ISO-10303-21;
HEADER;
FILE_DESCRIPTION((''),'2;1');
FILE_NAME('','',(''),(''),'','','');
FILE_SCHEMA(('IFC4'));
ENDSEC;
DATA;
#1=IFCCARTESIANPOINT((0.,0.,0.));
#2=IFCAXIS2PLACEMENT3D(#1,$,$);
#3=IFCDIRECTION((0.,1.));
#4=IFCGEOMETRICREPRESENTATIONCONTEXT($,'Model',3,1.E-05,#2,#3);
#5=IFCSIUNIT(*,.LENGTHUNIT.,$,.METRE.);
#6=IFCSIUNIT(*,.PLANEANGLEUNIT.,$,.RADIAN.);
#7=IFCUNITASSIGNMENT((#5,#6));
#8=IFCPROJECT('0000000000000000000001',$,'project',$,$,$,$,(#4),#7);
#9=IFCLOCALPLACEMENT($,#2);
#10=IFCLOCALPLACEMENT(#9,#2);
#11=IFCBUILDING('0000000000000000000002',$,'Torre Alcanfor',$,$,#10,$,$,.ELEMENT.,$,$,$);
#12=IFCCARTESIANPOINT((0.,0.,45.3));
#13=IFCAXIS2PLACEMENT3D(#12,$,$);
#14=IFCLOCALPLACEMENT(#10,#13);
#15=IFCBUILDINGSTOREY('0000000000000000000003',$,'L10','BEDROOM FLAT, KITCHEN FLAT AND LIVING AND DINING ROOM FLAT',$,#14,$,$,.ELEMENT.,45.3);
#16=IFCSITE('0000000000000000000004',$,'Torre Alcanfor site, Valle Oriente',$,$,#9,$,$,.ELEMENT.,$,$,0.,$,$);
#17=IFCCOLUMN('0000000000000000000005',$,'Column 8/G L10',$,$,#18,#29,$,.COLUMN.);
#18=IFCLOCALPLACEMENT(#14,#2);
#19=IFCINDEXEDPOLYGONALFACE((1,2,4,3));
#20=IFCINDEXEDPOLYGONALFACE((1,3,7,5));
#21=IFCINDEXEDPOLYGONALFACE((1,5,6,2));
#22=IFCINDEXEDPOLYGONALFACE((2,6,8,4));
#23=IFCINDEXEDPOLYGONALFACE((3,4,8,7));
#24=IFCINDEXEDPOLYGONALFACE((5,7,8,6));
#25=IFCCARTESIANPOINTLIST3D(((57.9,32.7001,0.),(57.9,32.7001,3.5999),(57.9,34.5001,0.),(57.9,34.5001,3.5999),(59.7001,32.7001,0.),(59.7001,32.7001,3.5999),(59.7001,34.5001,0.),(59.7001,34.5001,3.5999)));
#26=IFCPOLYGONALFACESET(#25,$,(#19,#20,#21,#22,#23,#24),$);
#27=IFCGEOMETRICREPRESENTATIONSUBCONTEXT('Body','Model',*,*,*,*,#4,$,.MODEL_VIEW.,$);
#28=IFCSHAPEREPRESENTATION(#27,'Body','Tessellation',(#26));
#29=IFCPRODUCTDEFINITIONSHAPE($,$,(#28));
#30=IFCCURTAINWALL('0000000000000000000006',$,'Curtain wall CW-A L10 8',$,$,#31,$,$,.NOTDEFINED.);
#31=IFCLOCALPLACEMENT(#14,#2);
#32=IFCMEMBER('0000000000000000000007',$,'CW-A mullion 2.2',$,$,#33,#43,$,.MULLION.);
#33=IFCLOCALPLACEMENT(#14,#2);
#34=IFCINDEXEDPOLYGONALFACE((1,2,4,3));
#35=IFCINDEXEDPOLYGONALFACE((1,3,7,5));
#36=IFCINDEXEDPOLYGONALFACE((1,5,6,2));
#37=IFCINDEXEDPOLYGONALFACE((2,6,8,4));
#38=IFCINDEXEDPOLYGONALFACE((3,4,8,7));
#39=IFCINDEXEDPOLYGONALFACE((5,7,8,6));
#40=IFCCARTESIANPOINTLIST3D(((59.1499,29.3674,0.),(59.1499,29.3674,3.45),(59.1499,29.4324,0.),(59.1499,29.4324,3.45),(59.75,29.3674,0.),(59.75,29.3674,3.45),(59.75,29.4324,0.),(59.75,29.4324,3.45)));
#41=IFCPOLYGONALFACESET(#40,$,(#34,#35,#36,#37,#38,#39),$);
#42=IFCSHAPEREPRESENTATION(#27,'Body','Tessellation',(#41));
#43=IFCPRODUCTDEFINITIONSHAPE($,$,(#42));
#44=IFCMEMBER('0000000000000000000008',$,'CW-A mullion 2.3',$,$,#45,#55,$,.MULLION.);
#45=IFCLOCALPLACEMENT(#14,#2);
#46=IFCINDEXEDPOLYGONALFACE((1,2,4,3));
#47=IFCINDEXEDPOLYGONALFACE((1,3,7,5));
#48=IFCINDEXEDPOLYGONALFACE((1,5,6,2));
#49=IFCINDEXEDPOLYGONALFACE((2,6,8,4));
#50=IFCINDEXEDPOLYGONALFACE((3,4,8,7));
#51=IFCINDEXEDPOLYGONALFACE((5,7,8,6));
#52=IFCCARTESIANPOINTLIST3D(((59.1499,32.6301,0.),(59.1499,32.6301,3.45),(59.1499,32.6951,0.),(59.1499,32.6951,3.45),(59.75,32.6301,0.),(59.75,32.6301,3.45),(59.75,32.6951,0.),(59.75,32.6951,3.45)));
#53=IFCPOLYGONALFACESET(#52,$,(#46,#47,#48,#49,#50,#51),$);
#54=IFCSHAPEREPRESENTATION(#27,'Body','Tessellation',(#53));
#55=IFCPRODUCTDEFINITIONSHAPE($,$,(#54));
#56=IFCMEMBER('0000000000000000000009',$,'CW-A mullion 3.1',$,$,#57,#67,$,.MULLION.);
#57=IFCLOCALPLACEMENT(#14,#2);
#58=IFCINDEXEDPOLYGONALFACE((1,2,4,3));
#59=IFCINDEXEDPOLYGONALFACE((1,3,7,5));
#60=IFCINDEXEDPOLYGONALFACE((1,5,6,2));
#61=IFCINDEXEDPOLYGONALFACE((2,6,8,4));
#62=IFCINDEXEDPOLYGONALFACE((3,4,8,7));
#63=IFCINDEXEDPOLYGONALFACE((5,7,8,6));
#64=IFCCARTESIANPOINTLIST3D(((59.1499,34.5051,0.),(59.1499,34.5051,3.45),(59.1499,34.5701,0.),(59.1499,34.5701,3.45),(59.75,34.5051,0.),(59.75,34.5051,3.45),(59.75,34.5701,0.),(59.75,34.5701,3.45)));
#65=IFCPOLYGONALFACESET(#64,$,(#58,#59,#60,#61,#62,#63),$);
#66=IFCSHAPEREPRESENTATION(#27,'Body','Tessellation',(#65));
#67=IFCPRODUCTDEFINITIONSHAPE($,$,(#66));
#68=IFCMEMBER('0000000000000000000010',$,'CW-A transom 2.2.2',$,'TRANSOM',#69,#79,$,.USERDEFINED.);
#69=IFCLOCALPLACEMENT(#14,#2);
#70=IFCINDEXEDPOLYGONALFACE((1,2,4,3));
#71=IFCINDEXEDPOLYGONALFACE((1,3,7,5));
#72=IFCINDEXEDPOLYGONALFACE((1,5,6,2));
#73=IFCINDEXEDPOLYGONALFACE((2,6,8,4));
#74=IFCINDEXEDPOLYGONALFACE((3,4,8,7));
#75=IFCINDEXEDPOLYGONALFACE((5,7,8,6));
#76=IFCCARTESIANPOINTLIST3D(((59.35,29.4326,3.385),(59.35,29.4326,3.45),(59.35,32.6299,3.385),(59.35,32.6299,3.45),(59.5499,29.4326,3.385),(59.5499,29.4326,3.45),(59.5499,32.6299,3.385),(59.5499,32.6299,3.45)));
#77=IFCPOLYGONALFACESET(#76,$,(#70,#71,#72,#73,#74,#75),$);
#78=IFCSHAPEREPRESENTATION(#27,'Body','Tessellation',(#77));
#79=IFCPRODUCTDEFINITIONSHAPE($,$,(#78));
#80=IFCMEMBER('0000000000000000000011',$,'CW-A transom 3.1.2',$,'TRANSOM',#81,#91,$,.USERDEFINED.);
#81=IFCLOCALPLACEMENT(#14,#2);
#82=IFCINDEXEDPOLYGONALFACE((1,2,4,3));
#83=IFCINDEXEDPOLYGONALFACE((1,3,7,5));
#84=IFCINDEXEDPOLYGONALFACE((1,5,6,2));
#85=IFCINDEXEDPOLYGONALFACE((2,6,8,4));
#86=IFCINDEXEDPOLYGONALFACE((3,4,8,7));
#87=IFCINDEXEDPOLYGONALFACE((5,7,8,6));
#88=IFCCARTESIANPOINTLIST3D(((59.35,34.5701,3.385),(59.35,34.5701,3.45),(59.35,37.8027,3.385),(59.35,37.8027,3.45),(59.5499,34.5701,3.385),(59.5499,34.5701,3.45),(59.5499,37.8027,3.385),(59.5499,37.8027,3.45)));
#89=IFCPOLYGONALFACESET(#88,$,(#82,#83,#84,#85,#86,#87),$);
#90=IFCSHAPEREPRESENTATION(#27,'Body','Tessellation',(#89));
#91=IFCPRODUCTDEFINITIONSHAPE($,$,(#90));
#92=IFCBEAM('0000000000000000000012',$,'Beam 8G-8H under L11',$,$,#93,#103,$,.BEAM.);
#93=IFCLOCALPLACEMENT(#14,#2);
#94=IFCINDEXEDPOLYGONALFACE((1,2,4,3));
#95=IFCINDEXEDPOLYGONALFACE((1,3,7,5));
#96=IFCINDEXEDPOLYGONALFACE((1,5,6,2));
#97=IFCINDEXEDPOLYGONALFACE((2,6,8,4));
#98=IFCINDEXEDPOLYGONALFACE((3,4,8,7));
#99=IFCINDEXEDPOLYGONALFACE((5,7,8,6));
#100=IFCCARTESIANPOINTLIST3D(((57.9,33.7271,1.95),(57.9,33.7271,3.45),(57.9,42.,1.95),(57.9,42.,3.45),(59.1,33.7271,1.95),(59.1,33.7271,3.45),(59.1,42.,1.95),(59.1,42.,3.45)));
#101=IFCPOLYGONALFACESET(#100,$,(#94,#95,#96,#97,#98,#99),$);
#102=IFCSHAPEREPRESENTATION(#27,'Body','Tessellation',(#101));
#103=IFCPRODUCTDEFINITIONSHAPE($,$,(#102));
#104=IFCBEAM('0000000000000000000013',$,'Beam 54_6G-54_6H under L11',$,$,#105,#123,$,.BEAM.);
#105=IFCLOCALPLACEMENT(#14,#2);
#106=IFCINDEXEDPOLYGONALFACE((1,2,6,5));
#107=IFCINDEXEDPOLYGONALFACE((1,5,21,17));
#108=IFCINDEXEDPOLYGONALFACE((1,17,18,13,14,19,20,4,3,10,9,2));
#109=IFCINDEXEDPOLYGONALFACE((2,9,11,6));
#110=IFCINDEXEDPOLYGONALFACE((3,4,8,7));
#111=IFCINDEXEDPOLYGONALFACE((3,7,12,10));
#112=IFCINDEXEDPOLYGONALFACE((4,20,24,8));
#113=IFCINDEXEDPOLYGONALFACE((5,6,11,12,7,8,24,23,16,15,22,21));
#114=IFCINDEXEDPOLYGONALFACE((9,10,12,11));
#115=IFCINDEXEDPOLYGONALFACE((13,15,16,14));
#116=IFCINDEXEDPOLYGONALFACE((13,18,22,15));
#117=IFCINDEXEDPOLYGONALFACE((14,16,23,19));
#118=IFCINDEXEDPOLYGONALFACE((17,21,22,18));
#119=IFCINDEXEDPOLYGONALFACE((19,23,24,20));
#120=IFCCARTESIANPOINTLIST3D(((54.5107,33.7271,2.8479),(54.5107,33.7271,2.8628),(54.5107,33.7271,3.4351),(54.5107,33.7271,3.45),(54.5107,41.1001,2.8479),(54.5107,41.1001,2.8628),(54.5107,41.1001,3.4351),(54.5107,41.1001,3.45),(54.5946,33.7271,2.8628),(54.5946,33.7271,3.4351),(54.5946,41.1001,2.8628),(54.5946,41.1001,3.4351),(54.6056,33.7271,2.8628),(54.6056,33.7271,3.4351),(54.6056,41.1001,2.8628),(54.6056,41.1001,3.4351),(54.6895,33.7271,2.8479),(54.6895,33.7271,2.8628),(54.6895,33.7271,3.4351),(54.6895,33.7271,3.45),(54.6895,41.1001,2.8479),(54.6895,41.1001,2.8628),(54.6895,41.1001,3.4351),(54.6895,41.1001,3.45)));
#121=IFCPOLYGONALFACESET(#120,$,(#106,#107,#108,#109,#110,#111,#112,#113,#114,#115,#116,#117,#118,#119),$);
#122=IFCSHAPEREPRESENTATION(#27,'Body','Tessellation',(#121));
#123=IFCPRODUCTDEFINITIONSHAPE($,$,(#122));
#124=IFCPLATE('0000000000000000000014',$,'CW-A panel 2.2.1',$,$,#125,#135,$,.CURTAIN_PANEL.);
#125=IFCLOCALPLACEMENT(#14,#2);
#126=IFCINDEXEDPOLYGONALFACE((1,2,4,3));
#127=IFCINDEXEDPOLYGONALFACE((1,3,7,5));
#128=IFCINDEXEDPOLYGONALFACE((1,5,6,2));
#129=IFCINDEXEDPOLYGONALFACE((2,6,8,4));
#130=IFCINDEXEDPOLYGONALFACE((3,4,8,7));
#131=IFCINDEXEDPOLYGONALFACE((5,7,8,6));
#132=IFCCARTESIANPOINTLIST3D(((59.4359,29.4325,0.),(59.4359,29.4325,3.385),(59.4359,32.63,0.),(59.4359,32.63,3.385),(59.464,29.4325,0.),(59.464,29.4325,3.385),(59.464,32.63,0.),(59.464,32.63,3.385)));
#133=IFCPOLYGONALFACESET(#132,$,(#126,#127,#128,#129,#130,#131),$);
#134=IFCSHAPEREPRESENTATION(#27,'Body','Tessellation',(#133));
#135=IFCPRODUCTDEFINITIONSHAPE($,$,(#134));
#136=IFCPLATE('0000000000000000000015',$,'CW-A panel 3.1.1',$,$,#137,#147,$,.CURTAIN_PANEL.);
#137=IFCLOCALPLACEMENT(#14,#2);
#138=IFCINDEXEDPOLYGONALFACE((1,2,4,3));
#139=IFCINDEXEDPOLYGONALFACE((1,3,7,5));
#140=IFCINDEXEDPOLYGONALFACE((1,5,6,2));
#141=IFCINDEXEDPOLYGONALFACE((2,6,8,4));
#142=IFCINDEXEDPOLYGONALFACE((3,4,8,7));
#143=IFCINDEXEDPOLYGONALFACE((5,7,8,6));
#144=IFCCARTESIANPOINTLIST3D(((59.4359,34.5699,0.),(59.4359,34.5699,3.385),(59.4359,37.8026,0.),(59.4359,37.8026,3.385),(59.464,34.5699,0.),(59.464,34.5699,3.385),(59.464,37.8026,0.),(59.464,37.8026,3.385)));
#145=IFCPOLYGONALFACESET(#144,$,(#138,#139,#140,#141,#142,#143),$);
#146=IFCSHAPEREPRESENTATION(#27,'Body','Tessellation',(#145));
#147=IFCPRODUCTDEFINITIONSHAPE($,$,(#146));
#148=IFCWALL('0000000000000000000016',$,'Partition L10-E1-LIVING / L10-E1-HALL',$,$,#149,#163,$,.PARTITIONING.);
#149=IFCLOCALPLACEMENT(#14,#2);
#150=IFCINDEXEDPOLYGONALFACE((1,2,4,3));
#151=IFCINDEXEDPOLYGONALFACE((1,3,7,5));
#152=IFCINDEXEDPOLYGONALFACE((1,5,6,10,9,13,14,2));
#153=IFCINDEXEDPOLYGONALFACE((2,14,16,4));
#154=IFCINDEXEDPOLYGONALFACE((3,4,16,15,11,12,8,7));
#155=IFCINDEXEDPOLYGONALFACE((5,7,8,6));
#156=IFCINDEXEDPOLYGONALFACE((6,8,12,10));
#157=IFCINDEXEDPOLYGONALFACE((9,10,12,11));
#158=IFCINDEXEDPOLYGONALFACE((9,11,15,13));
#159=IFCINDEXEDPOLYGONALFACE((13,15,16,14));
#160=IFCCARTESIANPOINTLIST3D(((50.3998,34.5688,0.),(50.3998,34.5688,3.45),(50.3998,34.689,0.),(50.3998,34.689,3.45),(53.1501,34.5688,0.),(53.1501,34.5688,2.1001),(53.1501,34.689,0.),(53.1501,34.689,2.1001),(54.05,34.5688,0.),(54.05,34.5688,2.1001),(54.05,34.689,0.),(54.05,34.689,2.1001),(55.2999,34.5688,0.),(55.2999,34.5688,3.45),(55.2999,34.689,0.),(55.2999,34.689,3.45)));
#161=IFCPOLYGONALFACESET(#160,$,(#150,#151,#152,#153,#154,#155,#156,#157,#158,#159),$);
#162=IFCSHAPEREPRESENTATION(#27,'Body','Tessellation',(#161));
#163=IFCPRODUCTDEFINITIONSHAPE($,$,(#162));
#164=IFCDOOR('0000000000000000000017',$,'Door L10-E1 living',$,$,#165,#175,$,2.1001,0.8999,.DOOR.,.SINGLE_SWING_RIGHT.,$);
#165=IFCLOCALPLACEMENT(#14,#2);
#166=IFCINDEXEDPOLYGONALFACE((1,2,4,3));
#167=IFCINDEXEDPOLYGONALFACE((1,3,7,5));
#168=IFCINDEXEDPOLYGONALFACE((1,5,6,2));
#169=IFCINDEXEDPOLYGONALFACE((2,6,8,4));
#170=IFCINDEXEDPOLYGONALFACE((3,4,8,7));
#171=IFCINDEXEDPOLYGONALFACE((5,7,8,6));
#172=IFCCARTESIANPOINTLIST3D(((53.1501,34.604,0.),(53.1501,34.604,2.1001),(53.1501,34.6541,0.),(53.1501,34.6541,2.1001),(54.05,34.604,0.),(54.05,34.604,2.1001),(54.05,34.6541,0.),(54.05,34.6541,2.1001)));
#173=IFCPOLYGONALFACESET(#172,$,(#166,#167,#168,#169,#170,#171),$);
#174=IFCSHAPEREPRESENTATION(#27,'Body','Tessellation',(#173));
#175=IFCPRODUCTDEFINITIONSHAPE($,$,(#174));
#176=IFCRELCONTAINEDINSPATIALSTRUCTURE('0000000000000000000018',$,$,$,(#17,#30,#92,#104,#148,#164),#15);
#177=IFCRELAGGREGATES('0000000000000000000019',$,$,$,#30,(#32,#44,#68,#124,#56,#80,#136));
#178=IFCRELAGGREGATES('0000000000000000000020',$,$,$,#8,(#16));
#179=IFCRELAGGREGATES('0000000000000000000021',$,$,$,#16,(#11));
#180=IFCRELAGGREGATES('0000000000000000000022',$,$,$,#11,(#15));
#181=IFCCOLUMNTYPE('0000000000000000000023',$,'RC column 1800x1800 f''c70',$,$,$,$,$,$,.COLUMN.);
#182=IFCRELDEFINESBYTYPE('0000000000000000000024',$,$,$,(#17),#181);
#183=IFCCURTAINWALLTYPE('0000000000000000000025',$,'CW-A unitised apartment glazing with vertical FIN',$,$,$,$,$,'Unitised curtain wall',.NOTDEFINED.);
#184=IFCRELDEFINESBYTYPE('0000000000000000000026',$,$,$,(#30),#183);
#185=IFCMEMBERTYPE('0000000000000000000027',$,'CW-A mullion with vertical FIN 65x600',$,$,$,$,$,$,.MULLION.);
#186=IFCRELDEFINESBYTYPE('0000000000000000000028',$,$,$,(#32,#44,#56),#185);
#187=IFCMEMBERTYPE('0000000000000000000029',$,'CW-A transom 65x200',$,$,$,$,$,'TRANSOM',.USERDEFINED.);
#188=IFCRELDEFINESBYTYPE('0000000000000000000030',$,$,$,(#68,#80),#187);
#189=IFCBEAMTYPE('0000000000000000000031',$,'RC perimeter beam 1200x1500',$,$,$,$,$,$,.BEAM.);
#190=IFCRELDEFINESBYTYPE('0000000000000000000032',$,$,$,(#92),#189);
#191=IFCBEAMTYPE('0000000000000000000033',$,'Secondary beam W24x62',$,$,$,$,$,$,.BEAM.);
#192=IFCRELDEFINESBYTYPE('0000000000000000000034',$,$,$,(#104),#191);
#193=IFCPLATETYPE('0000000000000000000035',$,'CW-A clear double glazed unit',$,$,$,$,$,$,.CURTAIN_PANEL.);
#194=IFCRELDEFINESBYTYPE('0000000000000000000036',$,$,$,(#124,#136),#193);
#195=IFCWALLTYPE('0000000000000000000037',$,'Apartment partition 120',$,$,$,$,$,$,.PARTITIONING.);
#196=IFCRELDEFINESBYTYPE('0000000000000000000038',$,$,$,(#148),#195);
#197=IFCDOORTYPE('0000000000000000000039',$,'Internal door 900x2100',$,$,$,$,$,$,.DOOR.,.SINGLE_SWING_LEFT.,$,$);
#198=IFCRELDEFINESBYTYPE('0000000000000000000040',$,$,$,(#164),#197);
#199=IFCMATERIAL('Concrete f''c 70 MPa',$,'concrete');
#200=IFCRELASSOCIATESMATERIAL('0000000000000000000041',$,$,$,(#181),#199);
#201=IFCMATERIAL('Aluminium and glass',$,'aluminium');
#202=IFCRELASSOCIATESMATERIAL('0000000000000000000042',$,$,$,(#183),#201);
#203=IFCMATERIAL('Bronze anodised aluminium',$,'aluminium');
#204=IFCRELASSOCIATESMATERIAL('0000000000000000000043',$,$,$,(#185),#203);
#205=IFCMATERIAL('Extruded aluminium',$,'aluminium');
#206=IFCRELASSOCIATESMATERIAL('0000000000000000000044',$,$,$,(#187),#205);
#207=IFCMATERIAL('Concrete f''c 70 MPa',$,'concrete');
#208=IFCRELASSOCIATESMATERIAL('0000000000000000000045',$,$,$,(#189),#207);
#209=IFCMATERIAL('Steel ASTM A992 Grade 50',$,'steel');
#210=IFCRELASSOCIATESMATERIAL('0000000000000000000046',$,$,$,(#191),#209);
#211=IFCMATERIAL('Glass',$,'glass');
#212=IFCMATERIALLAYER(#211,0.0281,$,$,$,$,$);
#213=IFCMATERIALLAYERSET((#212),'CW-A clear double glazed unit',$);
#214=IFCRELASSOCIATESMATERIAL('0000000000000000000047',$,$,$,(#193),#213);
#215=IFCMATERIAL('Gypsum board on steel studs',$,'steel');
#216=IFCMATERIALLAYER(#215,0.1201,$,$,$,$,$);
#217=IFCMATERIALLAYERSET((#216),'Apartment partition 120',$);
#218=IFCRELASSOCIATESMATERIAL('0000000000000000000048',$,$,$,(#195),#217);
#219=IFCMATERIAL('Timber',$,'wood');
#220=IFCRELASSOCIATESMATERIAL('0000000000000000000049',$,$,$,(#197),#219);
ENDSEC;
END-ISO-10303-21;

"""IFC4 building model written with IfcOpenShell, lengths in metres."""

from ifc_helpers import new_model, si_unit, direction, frame, frame_2d, origin, origin_2d, place, context, subcontext, project, spatial, rectangle, i_section, extrude, material, layer, layer_set, material_profile, profile_set, type_object, element, fill, aggregate, save


model = new_model("IFC4")

# Units and contexts
model_context = context("Model", 3, precision=1e-05, world=origin(), true_north=direction((0.0, 1.0)))
body_context = subcontext(model_context, "Body", "Model", "MODEL_VIEW")
ifc_project = project(units=[si_unit("LENGTHUNIT", "METRE"), si_unit("PLANEANGLEUNIT", "RADIAN")], contexts=[model_context])

# Site, building, storey
site_placement = place(None, origin())
site = spatial("IfcSite", under=ifc_project, at=site_placement, Name="Torre Alcanfor site, Valle Oriente", CompositionType="ELEMENT", RefElevation=0.0)
building_placement = place(site_placement, origin())
building = spatial("IfcBuilding", under=site, at=building_placement, Name="Torre Alcanfor", CompositionType="ELEMENT")
storey_placement = place(building_placement, frame((0.0, 0.0, 45.3)))
storey = spatial("IfcBuildingStorey", under=building, at=storey_placement, Name="L10", Description="BEDROOM FLAT, KITCHEN FLAT AND LIVING AND DINING ROOM FLAT", CompositionType="ELEMENT", Elevation=45.3)

# Column
ifc_material_1 = material(Name="Concrete f'c 70 MPa", Category="concrete")
ifc_material_profile_1 = material_profile(ifc_material_1, rectangle(XDim=1.8, YDim=1.8, at=origin_2d()), Name="1800x1800")
ifc_profile_set_1 = profile_set([ifc_material_profile_1], Name="Concrete f'c 70 MPa")
column_type = type_object("IfcColumnType", Name="RC column 1800x1800 f'c70", PredefinedType="COLUMN", material=ifc_profile_set_1)
column_placement = place(storey_placement, frame((58.8, 33.6001, 0.0), z_axis=(0.0, 0.0, 1.0), x_axis=(1.0, 0.0, 0.0)))
element("IfcColumn", 1, at=column_placement, inside=storey, type_object=column_type, Name="Column 8/G L10", PredefinedType="COLUMN", context=body_context, shape_type="SweptSolid", body=[
    extrude(rectangle(XDim=1.8, YDim=1.8, at=origin_2d()), origin(), (0.0, 0.0, 1.0), 3.5999),
])

# Curtain wall, members
ifc_material_2 = material(Name="Aluminium and glass", Category="aluminium")
curtain_wall_type = type_object("IfcCurtainWallType", Name="CW-A unitised apartment glazing with vertical FIN", ElementType="Unitised curtain wall", PredefinedType="NOTDEFINED", material=ifc_material_2)
curtain_wall_placement = place(storey_placement, origin())
curtain_wall = element("IfcCurtainWall", 2, at=curtain_wall_placement, inside=storey, type_object=curtain_wall_type, Name="Curtain wall CW-A L10 8", PredefinedType="NOTDEFINED")
ifc_material_3 = material(Name="Bronze anodised aluminium", Category="aluminium")
ifc_material_profile_2 = material_profile(ifc_material_3, rectangle(XDim=0.6001, YDim=0.0649, at=origin_2d()), Name="CW-A mullion 65x600")
ifc_profile_set_2 = profile_set([ifc_material_profile_2], Name="Bronze anodised aluminium")
member_type_1 = type_object("IfcMemberType", Name="CW-A mullion with vertical FIN 65x600", PredefinedType="MULLION", material=ifc_profile_set_2)
member_1_placement = place(storey_placement, frame((59.45, 29.3999, 0.0), z_axis=(0.0, 0.0, 1.0), x_axis=(-1.0, 0.0, 0.0)))
member_1 = element("IfcMember", 3, at=member_1_placement, type_object=member_type_1, Name="CW-A mullion 2.2", PredefinedType="MULLION", context=body_context, shape_type="SweptSolid", body=[
    extrude(rectangle(XDim=0.6001, YDim=0.0649, at=origin_2d()), origin(), (0.0, 0.0, 1.0), 3.45),
])
member_2_placement = place(storey_placement, frame((59.45, 32.6626, 0.0), z_axis=(0.0, 0.0, 1.0), x_axis=(-1.0, 0.0, 0.0)))
member_2 = element("IfcMember", 4, at=member_2_placement, type_object=member_type_1, Name="CW-A mullion 2.3", PredefinedType="MULLION", context=body_context, shape_type="SweptSolid", body=[
    extrude(rectangle(XDim=0.6001, YDim=0.0649, at=origin_2d()), origin(), (0.0, 0.0, 1.0), 3.45),
])
member_3_placement = place(storey_placement, frame((59.45, 34.5376, 0.0), z_axis=(0.0, 0.0, 1.0), x_axis=(-1.0, 0.0, 0.0)))
member_3 = element("IfcMember", 5, at=member_3_placement, type_object=member_type_1, Name="CW-A mullion 3.1", PredefinedType="MULLION", context=body_context, shape_type="SweptSolid", body=[
    extrude(rectangle(XDim=0.6001, YDim=0.0649, at=origin_2d()), origin(), (0.0, 0.0, 1.0), 3.45),
])
ifc_material_4 = material(Name="Extruded aluminium", Category="aluminium")
ifc_material_profile_3 = material_profile(ifc_material_4, rectangle(XDim=0.2, YDim=0.0649, at=origin_2d()), Name="CW-A transom 200x65")
ifc_profile_set_3 = profile_set([ifc_material_profile_3], Name="Extruded aluminium")
member_type_2 = type_object("IfcMemberType", Name="CW-A transom 65x200", ElementType="TRANSOM", PredefinedType="USERDEFINED", material=ifc_profile_set_3)
member_4_placement = place(storey_placement, frame((59.45, 29.4326, 3.4175), z_axis=(0.0, 1.0, 0.0), x_axis=(-1.0, 0.0, 0.0)))
member_4 = element("IfcMember", 6, at=member_4_placement, type_object=member_type_2, Name="CW-A transom 2.2.2", ObjectType="TRANSOM", PredefinedType="USERDEFINED", context=body_context, shape_type="SweptSolid", body=[
    extrude(rectangle(XDim=0.2, YDim=0.0649, at=origin_2d()), origin(), (0.0, 0.0, 1.0), 3.1973),
])
member_5_placement = place(storey_placement, frame((59.45, 34.5701, 3.4175), z_axis=(0.0, 1.0, 0.0), x_axis=(-1.0, 0.0, 0.0)))
member_5 = element("IfcMember", 7, at=member_5_placement, type_object=member_type_2, Name="CW-A transom 3.1.2", ObjectType="TRANSOM", PredefinedType="USERDEFINED", context=body_context, shape_type="SweptSolid", body=[
    extrude(rectangle(XDim=0.2, YDim=0.0649, at=origin_2d()), origin(), (0.0, 0.0, 1.0), 3.2327),
])

# Beams
ifc_material_5 = material(Name="Concrete f'c 70 MPa", Category="concrete")
ifc_material_profile_4 = material_profile(ifc_material_5, rectangle(XDim=1.2, YDim=1.5, at=origin_2d()), Name="1200x1500")
ifc_profile_set_4 = profile_set([ifc_material_profile_4], Name="Concrete f'c 70 MPa")
beam_type_1 = type_object("IfcBeamType", Name="RC perimeter beam 1200x1500", PredefinedType="BEAM", material=ifc_profile_set_4)
beam_1_placement = place(storey_placement, frame((58.5, 33.7271, 2.7), z_axis=(0.0, 1.0, 0.0), x_axis=(-1.0, 0.0, 0.0)))
element("IfcBeam", 8, at=beam_1_placement, inside=storey, type_object=beam_type_1, Name="Beam 8G-8H under L11", PredefinedType="BEAM", context=body_context, shape_type="SweptSolid", body=[
    extrude(rectangle(XDim=1.2, YDim=1.5, at=origin_2d()), origin(), (0.0, 0.0, 1.0), 8.2729),
])
ifc_material_6 = material(Name="Steel ASTM A992 Grade 50", Category="steel")
ifc_material_profile_5 = material_profile(ifc_material_6, i_section(OverallWidth=0.1787, OverallDepth=0.6021, WebThickness=0.011, FlangeThickness=0.0149, at=origin_2d()), Name="W24x62")
ifc_profile_set_5 = profile_set([ifc_material_profile_5], Name="Steel ASTM A992 Grade 50")
beam_type_2 = type_object("IfcBeamType", Name="Secondary beam W24x62", PredefinedType="BEAM", material=ifc_profile_set_5)
beam_2_placement = place(storey_placement, frame((54.6001, 33.7271, 3.1489), z_axis=(0.0, 1.0, 0.0), x_axis=(-1.0, 0.0, 0.0)))
element("IfcBeam", 9, at=beam_2_placement, inside=storey, type_object=beam_type_2, Name="Beam 54_6G-54_6H under L11", PredefinedType="BEAM", context=body_context, shape_type="SweptSolid", body=[
    extrude(i_section(OverallWidth=0.1787, OverallDepth=0.6021, WebThickness=0.011, FlangeThickness=0.0149, at=origin_2d()), origin(), (0.0, 0.0, 1.0), 7.373),
])

# Plates
ifc_material_7 = material(Name="Glass", Category="glass")
ifc_layer_1 = layer(ifc_material_7, 0.0281)
ifc_layer_set_1 = layer_set([ifc_layer_1], Name="CW-A clear double glazed unit")
plate_type = type_object("IfcPlateType", Name="CW-A clear double glazed unit", PredefinedType="CURTAIN_PANEL", material=ifc_layer_set_1)
plate_1_placement = place(storey_placement, frame((59.45, 31.0312, 0.0), z_axis=(0.0, 0.0, 1.0), x_axis=(0.0, 1.0, 0.0)))
plate_1 = element("IfcPlate", 10, at=plate_1_placement, type_object=plate_type, Name="CW-A panel 2.2.1", PredefinedType="CURTAIN_PANEL", context=body_context, shape_type="SweptSolid", body=[
    extrude(rectangle(XDim=3.1975, YDim=0.0281, at=origin_2d()), origin(), (0.0, 0.0, 1.0), 3.385),
])
plate_2_placement = place(storey_placement, frame((59.45, 36.1863, 0.0), z_axis=(0.0, 0.0, 1.0), x_axis=(0.0, 1.0, 0.0)))
plate_2 = element("IfcPlate", 11, at=plate_2_placement, type_object=plate_type, Name="CW-A panel 3.1.1", PredefinedType="CURTAIN_PANEL", context=body_context, shape_type="SweptSolid", body=[
    extrude(rectangle(XDim=3.2327, YDim=0.0281, at=origin_2d()), origin(), (0.0, 0.0, 1.0), 3.385),
])
aggregate(curtain_wall, [member_1, member_2, member_4, plate_1, member_3, member_5, plate_2])

# Wall, opening, door
ifc_material_8 = material(Name="Gypsum board on steel studs", Category="steel")
ifc_layer_2 = layer(ifc_material_8, 0.1201)
ifc_layer_set_2 = layer_set([ifc_layer_2], Name="Apartment partition 120")
wall_type = type_object("IfcWallType", Name="Apartment partition 120", PredefinedType="PARTITIONING", material=ifc_layer_set_2)
wall_1_placement = place(storey_placement, frame((55.3, 34.6289, 0.0), z_axis=(0.0, 0.0, 1.0), x_axis=(-1.0, 0.0, 0.0)))
wall_1 = element("IfcWall", 12, at=wall_1_placement, inside=storey, type_object=wall_type, Name="Partition L10-E1-LIVING / L10-E1-HALL", PredefinedType="PARTITIONING", context=body_context, shape_type="SweptSolid", body=[
    extrude(rectangle(XDim=4.9001, YDim=0.1201, at=frame_2d((2.4502, 0.0))), origin(), (0.0, 0.0, 1.0), 3.45),
])
opening_1_placement = place(wall_1_placement, frame((1.25, 0.0, 0.0)))
opening_1 = element("IfcOpeningElement", 13, at=opening_1_placement, cuts=wall_1, PredefinedType="OPENING", context=body_context, shape_type="SweptSolid", body=[
    extrude(rectangle(XDim=0.8999, YDim=2.1001, at=frame_2d((0.45, 1.05))), frame((0.0, 0.0701, 0.0), z_axis=(0.0, -1.0, 0.0), x_axis=(1.0, 0.0, 0.0)), (0.0, 0.0, 1.0), 0.1401),
])
ifc_material_9 = material(Name="Timber", Category="wood")
door_type = type_object("IfcDoorType", Name="Internal door 900x2100", OperationType="SINGLE_SWING_LEFT", PredefinedType="DOOR", material=ifc_material_9)
door_1_placement = place(opening_1_placement, origin())
door_1 = element("IfcDoor", 14, at=door_1_placement, inside=storey, type_object=door_type, Name="Door L10-E1 living", OperationType="SINGLE_SWING_RIGHT", OverallHeight=2.1001, OverallWidth=0.8999, PredefinedType="DOOR", context=body_context, shape_type="SweptSolid", body=[
    extrude(rectangle(XDim=0.8999, YDim=2.1001, at=frame_2d((0.45, 1.05))), frame((0.0, 0.0249, 0.0), z_axis=(0.0, -1.0, 0.0), x_axis=(1.0, 0.0, 0.0)), (0.0, 0.0, 1.0), 0.05),
])
fill(opening_1, door_1)

save(model, "model.ifc")
